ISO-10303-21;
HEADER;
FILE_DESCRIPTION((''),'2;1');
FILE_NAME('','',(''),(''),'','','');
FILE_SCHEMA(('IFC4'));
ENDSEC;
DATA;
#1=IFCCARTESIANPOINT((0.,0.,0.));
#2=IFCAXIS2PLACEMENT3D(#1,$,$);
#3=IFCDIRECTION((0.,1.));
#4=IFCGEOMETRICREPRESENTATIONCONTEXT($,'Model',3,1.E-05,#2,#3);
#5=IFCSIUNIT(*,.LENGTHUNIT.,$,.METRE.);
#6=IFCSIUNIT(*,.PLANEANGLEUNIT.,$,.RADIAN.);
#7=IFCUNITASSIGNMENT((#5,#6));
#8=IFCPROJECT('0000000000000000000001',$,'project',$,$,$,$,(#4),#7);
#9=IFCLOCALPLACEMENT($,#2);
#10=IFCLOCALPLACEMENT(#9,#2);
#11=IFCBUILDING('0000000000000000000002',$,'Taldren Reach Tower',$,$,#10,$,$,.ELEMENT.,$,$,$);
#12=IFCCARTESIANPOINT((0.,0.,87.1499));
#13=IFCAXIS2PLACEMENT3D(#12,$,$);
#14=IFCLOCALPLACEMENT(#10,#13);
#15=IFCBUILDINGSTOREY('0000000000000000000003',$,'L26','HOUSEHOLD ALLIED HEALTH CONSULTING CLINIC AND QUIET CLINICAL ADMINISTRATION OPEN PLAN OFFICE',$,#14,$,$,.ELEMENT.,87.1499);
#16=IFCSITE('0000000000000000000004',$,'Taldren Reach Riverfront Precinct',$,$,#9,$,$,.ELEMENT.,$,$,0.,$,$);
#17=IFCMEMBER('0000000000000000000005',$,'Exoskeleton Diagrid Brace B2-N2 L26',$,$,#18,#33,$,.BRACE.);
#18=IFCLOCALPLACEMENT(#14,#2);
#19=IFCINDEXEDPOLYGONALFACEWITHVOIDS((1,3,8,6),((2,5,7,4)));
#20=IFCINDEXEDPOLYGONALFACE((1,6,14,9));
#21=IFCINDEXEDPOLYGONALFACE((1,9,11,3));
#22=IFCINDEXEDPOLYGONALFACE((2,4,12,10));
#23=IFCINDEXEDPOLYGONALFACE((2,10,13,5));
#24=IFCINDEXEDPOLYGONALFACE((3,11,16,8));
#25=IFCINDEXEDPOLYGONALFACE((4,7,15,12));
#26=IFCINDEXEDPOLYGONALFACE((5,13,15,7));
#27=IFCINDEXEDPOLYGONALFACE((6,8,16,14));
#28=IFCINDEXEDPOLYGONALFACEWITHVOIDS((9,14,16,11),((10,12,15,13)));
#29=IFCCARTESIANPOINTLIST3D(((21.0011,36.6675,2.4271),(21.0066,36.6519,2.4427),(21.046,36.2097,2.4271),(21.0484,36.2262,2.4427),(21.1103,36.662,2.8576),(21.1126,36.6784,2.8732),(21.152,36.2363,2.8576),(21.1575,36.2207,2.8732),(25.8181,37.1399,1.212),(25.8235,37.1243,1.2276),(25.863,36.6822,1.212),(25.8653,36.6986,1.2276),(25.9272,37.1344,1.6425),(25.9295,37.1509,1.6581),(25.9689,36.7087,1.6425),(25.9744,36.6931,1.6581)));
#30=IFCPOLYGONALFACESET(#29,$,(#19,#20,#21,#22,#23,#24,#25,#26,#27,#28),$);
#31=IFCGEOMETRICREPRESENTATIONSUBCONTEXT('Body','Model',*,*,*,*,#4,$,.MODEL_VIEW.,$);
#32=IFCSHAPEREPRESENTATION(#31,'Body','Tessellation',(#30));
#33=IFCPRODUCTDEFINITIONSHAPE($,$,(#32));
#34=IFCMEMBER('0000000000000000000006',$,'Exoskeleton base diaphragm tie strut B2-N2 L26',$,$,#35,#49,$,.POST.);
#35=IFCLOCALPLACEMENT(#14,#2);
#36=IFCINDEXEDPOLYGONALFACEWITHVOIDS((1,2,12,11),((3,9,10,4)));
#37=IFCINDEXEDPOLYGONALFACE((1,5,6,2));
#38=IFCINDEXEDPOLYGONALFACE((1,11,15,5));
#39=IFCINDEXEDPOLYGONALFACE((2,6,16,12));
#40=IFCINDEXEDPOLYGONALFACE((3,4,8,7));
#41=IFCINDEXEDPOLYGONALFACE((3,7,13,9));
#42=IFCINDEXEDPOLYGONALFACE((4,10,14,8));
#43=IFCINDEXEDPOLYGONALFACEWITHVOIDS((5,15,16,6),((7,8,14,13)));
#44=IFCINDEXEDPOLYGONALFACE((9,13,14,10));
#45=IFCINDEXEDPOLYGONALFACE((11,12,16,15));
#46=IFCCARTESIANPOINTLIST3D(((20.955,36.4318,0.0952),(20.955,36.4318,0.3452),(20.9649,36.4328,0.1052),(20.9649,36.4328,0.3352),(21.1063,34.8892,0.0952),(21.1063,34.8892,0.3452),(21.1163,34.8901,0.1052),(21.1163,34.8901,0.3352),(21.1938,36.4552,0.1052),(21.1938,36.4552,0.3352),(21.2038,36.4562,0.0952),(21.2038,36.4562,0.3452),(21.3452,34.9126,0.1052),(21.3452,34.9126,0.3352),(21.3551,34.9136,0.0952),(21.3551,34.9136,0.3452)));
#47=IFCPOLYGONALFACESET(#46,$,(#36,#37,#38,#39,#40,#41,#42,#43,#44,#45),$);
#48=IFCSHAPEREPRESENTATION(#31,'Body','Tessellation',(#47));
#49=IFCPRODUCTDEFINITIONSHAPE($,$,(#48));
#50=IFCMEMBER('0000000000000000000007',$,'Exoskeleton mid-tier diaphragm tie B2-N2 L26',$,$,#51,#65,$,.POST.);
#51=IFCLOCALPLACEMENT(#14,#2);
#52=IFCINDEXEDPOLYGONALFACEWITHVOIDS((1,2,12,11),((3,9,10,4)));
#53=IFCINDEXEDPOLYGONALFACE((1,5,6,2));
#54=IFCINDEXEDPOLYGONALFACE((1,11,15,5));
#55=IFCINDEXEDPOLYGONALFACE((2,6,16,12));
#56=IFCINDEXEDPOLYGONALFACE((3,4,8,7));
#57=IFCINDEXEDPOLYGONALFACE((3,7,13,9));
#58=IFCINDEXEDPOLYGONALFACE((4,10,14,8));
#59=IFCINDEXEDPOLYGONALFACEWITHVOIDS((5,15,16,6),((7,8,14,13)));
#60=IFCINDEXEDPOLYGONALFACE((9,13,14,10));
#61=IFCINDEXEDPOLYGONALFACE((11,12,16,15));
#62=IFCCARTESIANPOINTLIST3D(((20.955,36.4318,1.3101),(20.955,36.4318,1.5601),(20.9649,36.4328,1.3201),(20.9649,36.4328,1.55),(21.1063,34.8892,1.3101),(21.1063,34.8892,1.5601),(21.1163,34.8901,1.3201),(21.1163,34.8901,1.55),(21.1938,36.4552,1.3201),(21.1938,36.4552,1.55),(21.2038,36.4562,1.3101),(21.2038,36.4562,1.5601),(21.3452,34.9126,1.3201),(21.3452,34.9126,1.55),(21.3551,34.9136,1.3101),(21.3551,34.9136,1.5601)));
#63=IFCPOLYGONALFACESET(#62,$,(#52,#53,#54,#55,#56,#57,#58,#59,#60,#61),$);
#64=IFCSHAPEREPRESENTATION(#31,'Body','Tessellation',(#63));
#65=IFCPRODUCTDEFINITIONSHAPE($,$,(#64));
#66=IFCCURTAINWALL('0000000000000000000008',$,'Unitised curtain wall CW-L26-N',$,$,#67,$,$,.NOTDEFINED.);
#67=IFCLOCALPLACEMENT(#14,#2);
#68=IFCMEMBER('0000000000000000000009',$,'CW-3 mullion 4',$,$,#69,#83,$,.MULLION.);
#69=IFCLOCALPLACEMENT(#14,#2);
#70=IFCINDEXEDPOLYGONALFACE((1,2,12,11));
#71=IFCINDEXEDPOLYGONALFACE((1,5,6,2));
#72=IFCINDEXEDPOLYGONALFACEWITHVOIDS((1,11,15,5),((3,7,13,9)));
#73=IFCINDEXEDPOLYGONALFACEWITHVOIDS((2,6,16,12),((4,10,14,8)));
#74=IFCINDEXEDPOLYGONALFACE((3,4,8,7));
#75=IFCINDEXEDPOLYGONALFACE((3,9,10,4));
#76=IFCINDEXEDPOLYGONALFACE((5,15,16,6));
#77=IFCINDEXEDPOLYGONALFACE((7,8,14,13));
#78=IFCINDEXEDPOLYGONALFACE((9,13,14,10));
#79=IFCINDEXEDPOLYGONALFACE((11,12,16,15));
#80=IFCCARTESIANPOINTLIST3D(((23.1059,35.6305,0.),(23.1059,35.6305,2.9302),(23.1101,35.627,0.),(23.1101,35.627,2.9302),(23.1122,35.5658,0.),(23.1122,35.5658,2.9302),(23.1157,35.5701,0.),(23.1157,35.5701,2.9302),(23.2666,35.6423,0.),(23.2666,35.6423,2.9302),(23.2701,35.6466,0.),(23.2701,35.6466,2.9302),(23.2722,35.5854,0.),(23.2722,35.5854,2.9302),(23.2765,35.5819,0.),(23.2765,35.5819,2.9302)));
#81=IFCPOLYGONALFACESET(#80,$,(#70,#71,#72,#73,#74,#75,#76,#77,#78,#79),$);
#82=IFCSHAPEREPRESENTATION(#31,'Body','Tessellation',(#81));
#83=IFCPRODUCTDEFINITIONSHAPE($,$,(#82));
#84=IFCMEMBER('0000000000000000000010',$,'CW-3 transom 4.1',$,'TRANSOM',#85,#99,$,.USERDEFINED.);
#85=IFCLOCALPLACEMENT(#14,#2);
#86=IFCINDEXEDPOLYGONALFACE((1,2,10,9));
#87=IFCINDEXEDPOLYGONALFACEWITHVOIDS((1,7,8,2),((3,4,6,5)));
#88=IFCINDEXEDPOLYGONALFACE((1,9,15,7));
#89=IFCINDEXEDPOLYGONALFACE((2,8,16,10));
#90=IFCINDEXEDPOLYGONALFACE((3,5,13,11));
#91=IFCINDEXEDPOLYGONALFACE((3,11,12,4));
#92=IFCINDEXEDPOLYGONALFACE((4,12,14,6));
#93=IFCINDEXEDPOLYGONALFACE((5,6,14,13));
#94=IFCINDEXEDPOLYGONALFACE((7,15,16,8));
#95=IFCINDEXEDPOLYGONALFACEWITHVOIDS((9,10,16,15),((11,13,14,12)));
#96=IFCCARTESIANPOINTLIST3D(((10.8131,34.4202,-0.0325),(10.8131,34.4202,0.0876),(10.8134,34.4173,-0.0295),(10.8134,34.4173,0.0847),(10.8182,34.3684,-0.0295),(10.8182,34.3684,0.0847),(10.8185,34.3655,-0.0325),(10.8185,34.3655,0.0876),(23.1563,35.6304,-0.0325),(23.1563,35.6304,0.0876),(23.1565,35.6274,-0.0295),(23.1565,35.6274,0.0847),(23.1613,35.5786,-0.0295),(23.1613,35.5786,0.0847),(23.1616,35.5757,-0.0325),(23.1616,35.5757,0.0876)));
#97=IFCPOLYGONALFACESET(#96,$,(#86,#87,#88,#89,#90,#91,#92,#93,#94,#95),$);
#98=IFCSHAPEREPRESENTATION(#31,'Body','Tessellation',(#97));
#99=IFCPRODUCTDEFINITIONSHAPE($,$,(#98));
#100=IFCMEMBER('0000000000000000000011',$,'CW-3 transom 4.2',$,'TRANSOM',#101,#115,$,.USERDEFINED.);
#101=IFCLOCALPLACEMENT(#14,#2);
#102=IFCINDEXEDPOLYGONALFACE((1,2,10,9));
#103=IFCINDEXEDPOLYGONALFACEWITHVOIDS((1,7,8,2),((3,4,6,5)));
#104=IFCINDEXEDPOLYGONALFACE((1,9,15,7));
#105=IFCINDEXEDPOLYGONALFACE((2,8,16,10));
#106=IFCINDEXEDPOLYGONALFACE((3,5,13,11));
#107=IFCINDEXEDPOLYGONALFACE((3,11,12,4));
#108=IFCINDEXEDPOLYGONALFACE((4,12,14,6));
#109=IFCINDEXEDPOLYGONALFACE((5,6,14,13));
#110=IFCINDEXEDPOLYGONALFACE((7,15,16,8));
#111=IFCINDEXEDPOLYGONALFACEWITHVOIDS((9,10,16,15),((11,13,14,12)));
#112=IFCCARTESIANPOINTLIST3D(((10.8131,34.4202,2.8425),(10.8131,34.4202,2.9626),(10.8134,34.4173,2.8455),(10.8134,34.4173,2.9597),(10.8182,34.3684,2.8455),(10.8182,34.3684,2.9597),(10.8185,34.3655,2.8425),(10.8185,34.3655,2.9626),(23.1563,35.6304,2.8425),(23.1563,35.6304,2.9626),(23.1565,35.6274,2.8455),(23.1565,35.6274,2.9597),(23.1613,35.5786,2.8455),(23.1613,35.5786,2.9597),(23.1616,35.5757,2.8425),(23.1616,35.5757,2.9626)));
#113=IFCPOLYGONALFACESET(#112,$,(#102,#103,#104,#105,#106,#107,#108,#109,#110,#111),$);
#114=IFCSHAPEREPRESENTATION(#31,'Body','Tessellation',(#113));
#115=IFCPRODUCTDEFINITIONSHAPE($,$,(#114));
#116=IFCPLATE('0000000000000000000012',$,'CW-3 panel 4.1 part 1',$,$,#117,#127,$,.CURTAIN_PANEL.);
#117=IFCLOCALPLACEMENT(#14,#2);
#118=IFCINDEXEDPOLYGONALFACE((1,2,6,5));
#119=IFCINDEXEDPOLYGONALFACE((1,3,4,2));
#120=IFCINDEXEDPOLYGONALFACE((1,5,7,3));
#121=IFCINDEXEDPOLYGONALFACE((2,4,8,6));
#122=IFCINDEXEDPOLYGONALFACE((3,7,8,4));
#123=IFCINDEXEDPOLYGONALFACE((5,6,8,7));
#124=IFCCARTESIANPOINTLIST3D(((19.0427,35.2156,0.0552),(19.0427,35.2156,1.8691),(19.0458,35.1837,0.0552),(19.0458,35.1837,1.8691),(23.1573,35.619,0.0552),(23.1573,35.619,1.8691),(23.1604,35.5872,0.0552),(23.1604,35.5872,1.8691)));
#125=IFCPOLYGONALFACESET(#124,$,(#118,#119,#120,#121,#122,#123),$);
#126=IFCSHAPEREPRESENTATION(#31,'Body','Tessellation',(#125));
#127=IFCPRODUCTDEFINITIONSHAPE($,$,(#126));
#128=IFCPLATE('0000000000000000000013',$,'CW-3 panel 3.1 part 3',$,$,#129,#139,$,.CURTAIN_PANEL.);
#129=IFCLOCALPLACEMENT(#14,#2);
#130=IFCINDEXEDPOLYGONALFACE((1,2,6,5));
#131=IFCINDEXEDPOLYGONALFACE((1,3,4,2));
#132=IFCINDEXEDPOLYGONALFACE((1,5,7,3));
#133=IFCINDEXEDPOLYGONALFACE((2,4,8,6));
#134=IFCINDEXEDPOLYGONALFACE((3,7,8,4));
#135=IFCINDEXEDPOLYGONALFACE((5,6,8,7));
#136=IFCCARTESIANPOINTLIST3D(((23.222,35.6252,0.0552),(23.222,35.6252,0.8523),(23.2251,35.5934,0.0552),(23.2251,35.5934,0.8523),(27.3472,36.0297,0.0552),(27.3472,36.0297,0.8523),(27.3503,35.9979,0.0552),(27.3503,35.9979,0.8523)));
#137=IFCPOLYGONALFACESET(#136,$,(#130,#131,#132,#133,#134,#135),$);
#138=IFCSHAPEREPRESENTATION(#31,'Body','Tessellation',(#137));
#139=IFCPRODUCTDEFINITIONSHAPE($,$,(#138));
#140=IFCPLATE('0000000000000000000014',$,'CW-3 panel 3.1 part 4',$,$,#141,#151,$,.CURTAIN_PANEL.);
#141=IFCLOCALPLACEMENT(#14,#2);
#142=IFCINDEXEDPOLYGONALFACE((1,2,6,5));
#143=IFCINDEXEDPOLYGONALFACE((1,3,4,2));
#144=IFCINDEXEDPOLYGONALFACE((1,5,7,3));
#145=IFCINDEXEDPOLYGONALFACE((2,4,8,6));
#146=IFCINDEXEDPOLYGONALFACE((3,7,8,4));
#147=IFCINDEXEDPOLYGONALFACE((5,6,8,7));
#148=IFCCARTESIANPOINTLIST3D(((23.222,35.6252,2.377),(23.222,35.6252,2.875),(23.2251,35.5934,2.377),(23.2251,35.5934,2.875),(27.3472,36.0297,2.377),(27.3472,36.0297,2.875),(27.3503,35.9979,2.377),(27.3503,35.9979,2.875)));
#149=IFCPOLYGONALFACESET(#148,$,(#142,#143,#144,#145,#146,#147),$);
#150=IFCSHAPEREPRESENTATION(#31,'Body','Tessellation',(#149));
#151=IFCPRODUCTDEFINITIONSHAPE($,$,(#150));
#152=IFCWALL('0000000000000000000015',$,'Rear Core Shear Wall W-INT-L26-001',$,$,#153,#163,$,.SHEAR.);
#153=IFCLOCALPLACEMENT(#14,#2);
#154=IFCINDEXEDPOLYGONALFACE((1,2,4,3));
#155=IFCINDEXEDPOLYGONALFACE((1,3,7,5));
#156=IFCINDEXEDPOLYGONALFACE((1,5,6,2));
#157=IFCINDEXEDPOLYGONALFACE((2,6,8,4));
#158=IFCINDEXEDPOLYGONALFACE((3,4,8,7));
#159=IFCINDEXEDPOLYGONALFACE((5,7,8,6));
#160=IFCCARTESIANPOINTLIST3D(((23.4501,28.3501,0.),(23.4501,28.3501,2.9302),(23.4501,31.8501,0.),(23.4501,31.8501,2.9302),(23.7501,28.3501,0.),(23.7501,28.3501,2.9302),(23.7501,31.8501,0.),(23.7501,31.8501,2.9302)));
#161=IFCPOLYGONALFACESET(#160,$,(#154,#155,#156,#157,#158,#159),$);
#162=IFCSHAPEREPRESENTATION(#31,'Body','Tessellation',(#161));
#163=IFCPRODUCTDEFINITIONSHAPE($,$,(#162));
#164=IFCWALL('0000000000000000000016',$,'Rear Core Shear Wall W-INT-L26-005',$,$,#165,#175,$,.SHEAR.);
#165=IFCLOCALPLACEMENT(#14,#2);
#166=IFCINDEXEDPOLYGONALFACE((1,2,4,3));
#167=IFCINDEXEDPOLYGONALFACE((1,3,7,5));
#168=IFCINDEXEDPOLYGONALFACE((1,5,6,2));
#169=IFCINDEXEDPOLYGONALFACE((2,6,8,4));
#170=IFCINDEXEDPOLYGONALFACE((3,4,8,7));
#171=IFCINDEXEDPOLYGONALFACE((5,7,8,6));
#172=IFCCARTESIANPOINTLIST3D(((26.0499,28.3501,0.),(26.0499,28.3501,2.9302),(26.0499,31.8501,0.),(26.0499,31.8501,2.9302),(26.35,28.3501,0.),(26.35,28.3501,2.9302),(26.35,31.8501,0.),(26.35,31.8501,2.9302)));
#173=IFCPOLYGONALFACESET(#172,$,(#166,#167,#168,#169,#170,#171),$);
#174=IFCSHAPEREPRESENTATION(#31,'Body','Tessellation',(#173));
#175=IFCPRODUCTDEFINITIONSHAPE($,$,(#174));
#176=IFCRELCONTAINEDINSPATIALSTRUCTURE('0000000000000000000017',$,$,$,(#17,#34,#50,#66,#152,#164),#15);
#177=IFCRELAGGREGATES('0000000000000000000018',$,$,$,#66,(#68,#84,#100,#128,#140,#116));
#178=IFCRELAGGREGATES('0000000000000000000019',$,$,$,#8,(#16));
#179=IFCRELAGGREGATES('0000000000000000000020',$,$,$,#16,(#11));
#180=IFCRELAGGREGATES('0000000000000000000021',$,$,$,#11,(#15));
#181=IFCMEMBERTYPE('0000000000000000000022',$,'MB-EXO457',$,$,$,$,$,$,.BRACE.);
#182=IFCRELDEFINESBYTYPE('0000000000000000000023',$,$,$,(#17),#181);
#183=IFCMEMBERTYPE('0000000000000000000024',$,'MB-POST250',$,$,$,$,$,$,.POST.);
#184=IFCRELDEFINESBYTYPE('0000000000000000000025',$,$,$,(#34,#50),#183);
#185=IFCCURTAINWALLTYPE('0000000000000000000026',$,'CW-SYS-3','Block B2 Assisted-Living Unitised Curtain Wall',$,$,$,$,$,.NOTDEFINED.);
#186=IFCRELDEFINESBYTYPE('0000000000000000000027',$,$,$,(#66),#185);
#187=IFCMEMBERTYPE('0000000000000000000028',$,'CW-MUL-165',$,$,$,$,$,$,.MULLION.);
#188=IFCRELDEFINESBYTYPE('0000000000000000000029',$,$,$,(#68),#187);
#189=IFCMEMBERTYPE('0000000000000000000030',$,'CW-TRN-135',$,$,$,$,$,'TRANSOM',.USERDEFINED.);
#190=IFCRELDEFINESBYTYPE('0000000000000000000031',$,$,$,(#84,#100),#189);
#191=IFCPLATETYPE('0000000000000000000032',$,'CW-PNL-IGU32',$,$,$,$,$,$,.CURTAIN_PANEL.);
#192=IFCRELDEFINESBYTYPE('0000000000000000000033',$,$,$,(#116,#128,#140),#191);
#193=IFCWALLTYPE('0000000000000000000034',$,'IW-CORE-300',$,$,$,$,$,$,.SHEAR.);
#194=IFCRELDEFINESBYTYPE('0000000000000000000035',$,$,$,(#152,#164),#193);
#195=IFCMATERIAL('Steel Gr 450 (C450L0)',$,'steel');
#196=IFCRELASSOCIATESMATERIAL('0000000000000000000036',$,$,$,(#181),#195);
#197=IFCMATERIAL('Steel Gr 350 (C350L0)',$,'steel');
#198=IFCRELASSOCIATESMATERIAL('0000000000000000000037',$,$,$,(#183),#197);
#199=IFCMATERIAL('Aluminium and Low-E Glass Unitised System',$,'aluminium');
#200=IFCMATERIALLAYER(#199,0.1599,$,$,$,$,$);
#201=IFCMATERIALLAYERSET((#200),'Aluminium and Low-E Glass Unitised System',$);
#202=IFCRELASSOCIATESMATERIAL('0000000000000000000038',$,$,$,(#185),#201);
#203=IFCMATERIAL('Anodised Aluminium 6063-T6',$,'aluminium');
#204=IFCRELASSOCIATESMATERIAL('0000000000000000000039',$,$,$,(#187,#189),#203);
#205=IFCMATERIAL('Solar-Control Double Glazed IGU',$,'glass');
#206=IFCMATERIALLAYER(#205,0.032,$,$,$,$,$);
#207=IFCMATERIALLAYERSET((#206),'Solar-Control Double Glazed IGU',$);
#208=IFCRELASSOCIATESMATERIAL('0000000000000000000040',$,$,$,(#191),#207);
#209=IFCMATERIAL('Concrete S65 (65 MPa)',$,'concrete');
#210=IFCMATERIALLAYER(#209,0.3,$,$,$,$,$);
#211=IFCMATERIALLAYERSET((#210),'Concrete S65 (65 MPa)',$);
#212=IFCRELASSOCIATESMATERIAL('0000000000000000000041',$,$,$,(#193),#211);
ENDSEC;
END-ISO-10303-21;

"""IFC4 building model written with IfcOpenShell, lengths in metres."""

from ifc_helpers import new_model, si_unit, direction, frame, frame_2d, origin, origin_2d, place, context, subcontext, project, spatial, rectangle, hollow_rectangle, extrude, source, transform, mapped, material, layer, layer_set, material_profile, profile_set, type_object, element, aggregate, save


model = new_model("IFC4")

# Units and contexts
model_context = context("Model", 3, precision=1e-05, world=origin(), true_north=direction((0.0, 1.0)))
body_context = subcontext(model_context, "Body", "Model", "MODEL_VIEW")
ifc_project = project(units=[si_unit("LENGTHUNIT", "METRE"), si_unit("PLANEANGLEUNIT", "RADIAN")], contexts=[model_context])

# Site, building, storey
site_placement = place(None, origin())
site = spatial("IfcSite", under=ifc_project, at=site_placement, Name="Taldren Reach Riverfront Precinct", CompositionType="ELEMENT", RefElevation=0.0)
building_placement = place(site_placement, origin())
building = spatial("IfcBuilding", under=site, at=building_placement, Name="Taldren Reach Tower", CompositionType="ELEMENT")
storey_placement = place(building_placement, frame((0.0, 0.0, 87.1499)))
storey = spatial("IfcBuildingStorey", under=building, at=storey_placement, Name="L26", Description="HOUSEHOLD ALLIED HEALTH CONSULTING CLINIC AND QUIET CLINICAL ADMINISTRATION OPEN PLAN OFFICE", CompositionType="ELEMENT", Elevation=87.1499)

# Shared definitions
ifc_material_1 = material(Name="Concrete S65 (65 MPa)", Category="concrete")

# Members
ifc_material_2 = material(Name="Steel Gr 450 (C450L0)", Category="steel")
ifc_material_profile_1 = material_profile(ifc_material_2, hollow_rectangle(XDim=0.46, YDim=0.46, WallThickness=0.0161, at=origin_2d()), Name="460x460x16.0SHS")
ifc_profile_set_1 = profile_set([ifc_material_profile_1], Name="Steel Gr 450 (C450L0)")
member_type_1 = type_object("IfcMemberType", Name="MB-EXO457", PredefinedType="BRACE", material=ifc_profile_set_1)
shared_shape_1 = source(origin(), body_context, "Body", "SweptSolid", [
    extrude(hollow_rectangle(XDim=0.46, YDim=0.46, WallThickness=0.0161, at=origin_2d()), origin(), (0.0, 0.0, 1.0), 4.9902),
])
member_1_placement = place(storey_placement, frame((25.8962, 36.9165, 1.4351), z_axis=(-0.965271, -0.094668, 0.243495), x_axis=(0.097606, -0.995225, 0.0)))
element("IfcMember", 1, at=member_1_placement, inside=storey, type_object=member_type_1, Name="Exoskeleton Diagrid Brace B2-N2 L26", PredefinedType="BRACE", context=body_context, shape_type="MappedRepresentation", body=[
    mapped(shared_shape_1, transform((0.0, 0.0, 0.0), scale=1.0)),
])
ifc_material_3 = material(Name="Steel Gr 350 (C350L0)", Category="steel")
ifc_material_profile_2 = material_profile(ifc_material_3, hollow_rectangle(XDim=0.25, YDim=0.25, WallThickness=0.01, at=origin_2d()), Name="250x250x10.0SHS")
ifc_profile_set_2 = profile_set([ifc_material_profile_2], Name="Steel Gr 350 (C350L0)")
member_type_2 = type_object("IfcMemberType", Name="MB-POST250", PredefinedType="POST", material=ifc_profile_set_2)
shared_shape_2 = source(origin(), body_context, "Body", "SweptSolid", [
    extrude(hollow_rectangle(XDim=0.25, YDim=0.25, WallThickness=0.01, at=origin_2d()), origin(), (0.0, 0.0, 1.0), 1.55),
])
for number, where, z_axis, x_axis, name in (
    (2, (21.2307, 34.9014, 0.2202), (-0.097648, 0.995221, 0.0), (-0.995221, -0.097648, 0.0), "Exoskeleton base diaphragm tie strut B2-N2 L26"),
    (3, (21.2307, 34.9014, 1.4351), (-0.097648, 0.995221, 0.0), (-0.995221, -0.097648, 0.0), "Exoskeleton mid-tier diaphragm tie B2-N2 L26"),
):
    element("IfcMember", number, at=place(storey_placement, frame(where, z_axis=z_axis, x_axis=x_axis)), inside=storey, type_object=member_type_2, Name=name, PredefinedType="POST", context=body_context, shape_type="MappedRepresentation", body=[
        mapped(shared_shape_2, transform((0.0, 0.0, 0.0), scale=1.0)),
    ])

# Curtain wall, members, plates
ifc_material_4 = material(Name="Aluminium and Low-E Glass Unitised System", Category="aluminium")
ifc_layer_1 = layer(ifc_material_4, 0.1599)
ifc_layer_set_1 = layer_set([ifc_layer_1], Name="Aluminium and Low-E Glass Unitised System")
curtain_wall_type = type_object("IfcCurtainWallType", Name="CW-SYS-3", Description="Block B2 Assisted-Living Unitised Curtain Wall", PredefinedType="NOTDEFINED", material=ifc_layer_set_1)
curtain_wall_placement = place(storey_placement, origin())
curtain_wall = element("IfcCurtainWall", 4, at=curtain_wall_placement, inside=storey, type_object=curtain_wall_type, Name="Unitised curtain wall CW-L26-N", PredefinedType="NOTDEFINED")
ifc_material_5 = material(Name="Anodised Aluminium 6063-T6", Category="aluminium")
ifc_material_profile_3 = material_profile(ifc_material_5, hollow_rectangle(XDim=0.0649, YDim=0.165, WallThickness=0.0039, at=origin_2d()), Name="ALU-165x65x4RHS")
ifc_profile_set_3 = profile_set([ifc_material_profile_3], Name="Anodised Aluminium 6063-T6")
member_type_3 = type_object("IfcMemberType", Name="CW-MUL-165", PredefinedType="MULLION", material=ifc_profile_set_3)
shared_shape_3 = source(origin(), body_context, "Body", "SweptSolid", [
    extrude(hollow_rectangle(XDim=0.0649, YDim=0.165, WallThickness=0.0039, at=origin_2d()), origin(), (0.0, 0.0, 1.0), 2.9302),
])
member_2_placement = place(storey_placement, frame((23.1912, 35.6062, 0.0), z_axis=(0.0, 0.0, 1.0), x_axis=(0.097583, -0.995227, 0.0)))
member_2 = element("IfcMember", 5, at=member_2_placement, type_object=member_type_3, Name="CW-3 mullion 4", PredefinedType="MULLION", context=body_context, shape_type="MappedRepresentation", body=[
    mapped(shared_shape_3, transform((0.0, 0.0, 0.0), scale=1.0)),
])
ifc_material_profile_4 = material_profile(ifc_material_5, hollow_rectangle(XDim=0.0549, YDim=0.1201, WallThickness=0.0029, at=origin_2d()), Name="ALU-120x55x3RHS")
ifc_profile_set_4 = profile_set([ifc_material_profile_4], Name="Anodised Aluminium 6063-T6")
member_type_4 = type_object("IfcMemberType", Name="CW-TRN-135", ElementType="TRANSOM", PredefinedType="USERDEFINED", material=ifc_profile_set_4)
shared_shape_4 = source(origin(), body_context, "Body", "SweptSolid", [
    extrude(hollow_rectangle(XDim=0.0549, YDim=0.1201, WallThickness=0.0029, at=origin_2d()), origin(), (0.0, 0.0, 1.0), 12.4023),
])
member_3_placement = place(storey_placement, frame((23.1589, 35.603, 0.0276), z_axis=(-0.995228, -0.097578, 0.0), x_axis=(0.097578, -0.995228, 0.0)))
member_3 = element("IfcMember", 6, at=member_3_placement, type_object=member_type_4, Name="CW-3 transom 4.1", ObjectType="TRANSOM", PredefinedType="USERDEFINED", context=body_context, shape_type="MappedRepresentation", body=[
    mapped(shared_shape_4, transform((0.0, 0.0, 0.0), scale=1.0)),
])
member_4_placement = place(storey_placement, frame((23.1589, 35.603, 2.9026), z_axis=(-0.995228, -0.097578, 0.0), x_axis=(0.097578, -0.995228, 0.0)))
member_4 = element("IfcMember", 7, at=member_4_placement, type_object=member_type_4, Name="CW-3 transom 4.2", ObjectType="TRANSOM", PredefinedType="USERDEFINED", context=body_context, shape_type="MappedRepresentation", body=[
    mapped(shared_shape_4, transform((0.0, 0.0, 0.0), scale=1.0)),
])
ifc_material_6 = material(Name="Solar-Control Double Glazed IGU", Category="glass")
ifc_layer_2 = layer(ifc_material_6, 0.032)
ifc_layer_set_2 = layer_set([ifc_layer_2], Name="Solar-Control Double Glazed IGU")
plate_type = type_object("IfcPlateType", Name="CW-PNL-IGU32", PredefinedType="CURTAIN_PANEL", material=ifc_layer_set_2)
shared_shape_5 = source(origin(), body_context, "Body", "SweptSolid", [
    extrude(rectangle(XDim=4.1343, YDim=0.032, at=origin_2d()), origin(), (0.0, 0.0, 1.0), 1.814),
])
plate_1_placement = place(storey_placement, frame((21.1016, 35.4014, 0.0552), z_axis=(0.0, 0.0, 1.0), x_axis=(-0.995227, -0.097583, 0.0)))
plate_1 = element("IfcPlate", 8, at=plate_1_placement, type_object=plate_type, Name="CW-3 panel 4.1 part 1", PredefinedType="CURTAIN_PANEL", context=body_context, shape_type="MappedRepresentation", body=[
    mapped(shared_shape_5, transform((0.0, 0.0, 0.0), scale=1.0)),
])
shared_shape_6 = source(origin(), body_context, "Body", "SweptSolid", [
    extrude(rectangle(XDim=4.145, YDim=0.032, at=origin_2d()), origin(), (0.0, 0.0, 1.0), 0.7971),
])
plate_2_placement = place(storey_placement, frame((25.2861, 35.8115, 0.0552), z_axis=(0.0, 0.0, 1.0), x_axis=(-0.995227, -0.097583, 0.0)))
plate_2 = element("IfcPlate", 9, at=plate_2_placement, type_object=plate_type, Name="CW-3 panel 3.1 part 3", PredefinedType="CURTAIN_PANEL", context=body_context, shape_type="MappedRepresentation", body=[
    mapped(shared_shape_6, transform((0.0, 0.0, 0.0), scale=1.0)),
])
shared_shape_7 = source(origin(), body_context, "Body", "SweptSolid", [
    extrude(rectangle(XDim=4.145, YDim=0.032, at=origin_2d()), origin(), (0.0, 0.0, 1.0), 0.498),
])
plate_3_placement = place(storey_placement, frame((25.2861, 35.8115, 2.377), z_axis=(0.0, 0.0, 1.0), x_axis=(-0.995227, -0.097583, 0.0)))
plate_3 = element("IfcPlate", 10, at=plate_3_placement, type_object=plate_type, Name="CW-3 panel 3.1 part 4", PredefinedType="CURTAIN_PANEL", context=body_context, shape_type="MappedRepresentation", body=[
    mapped(shared_shape_7, transform((0.0, 0.0, 0.0), scale=1.0)),
])
aggregate(curtain_wall, [member_2, member_3, member_4, plate_2, plate_3, plate_1])

# Walls
ifc_layer_3 = layer(ifc_material_1, 0.3)
ifc_layer_set_3 = layer_set([ifc_layer_3], Name="Concrete S65 (65 MPa)")
wall_type_1 = type_object("IfcWallType", Name="IW-CORE-300", PredefinedType="SHEAR", material=ifc_layer_set_3)
shared_shape_8 = source(origin(), body_context, "Body", "SweptSolid", [
    extrude(rectangle(XDim=3.5, YDim=0.3, at=frame_2d((1.75, 0.0))), origin(), (0.0, 0.0, 1.0), 2.9302),
])
for number, where, z_axis, x_axis, name in (
    (11, (23.6001, 28.3501, 0.0), (0.0, 0.0, 1.0), (0.0, 1.0, 0.0), "Rear Core Shear Wall W-INT-L26-001"),
    (12, (26.2, 28.3501, 0.0), (0.0, 0.0, 1.0), (0.0, 1.0, 0.0), "Rear Core Shear Wall W-INT-L26-005"),
):
    element("IfcWall", number, at=place(storey_placement, frame(where, z_axis=z_axis, x_axis=x_axis)), inside=storey, type_object=wall_type_1, Name=name, PredefinedType="SHEAR", context=body_context, shape_type="MappedRepresentation", body=[
        mapped(shared_shape_8, transform((0.0, 0.0, 0.0), scale=1.0)),
    ])

save(model, "model.ifc")
